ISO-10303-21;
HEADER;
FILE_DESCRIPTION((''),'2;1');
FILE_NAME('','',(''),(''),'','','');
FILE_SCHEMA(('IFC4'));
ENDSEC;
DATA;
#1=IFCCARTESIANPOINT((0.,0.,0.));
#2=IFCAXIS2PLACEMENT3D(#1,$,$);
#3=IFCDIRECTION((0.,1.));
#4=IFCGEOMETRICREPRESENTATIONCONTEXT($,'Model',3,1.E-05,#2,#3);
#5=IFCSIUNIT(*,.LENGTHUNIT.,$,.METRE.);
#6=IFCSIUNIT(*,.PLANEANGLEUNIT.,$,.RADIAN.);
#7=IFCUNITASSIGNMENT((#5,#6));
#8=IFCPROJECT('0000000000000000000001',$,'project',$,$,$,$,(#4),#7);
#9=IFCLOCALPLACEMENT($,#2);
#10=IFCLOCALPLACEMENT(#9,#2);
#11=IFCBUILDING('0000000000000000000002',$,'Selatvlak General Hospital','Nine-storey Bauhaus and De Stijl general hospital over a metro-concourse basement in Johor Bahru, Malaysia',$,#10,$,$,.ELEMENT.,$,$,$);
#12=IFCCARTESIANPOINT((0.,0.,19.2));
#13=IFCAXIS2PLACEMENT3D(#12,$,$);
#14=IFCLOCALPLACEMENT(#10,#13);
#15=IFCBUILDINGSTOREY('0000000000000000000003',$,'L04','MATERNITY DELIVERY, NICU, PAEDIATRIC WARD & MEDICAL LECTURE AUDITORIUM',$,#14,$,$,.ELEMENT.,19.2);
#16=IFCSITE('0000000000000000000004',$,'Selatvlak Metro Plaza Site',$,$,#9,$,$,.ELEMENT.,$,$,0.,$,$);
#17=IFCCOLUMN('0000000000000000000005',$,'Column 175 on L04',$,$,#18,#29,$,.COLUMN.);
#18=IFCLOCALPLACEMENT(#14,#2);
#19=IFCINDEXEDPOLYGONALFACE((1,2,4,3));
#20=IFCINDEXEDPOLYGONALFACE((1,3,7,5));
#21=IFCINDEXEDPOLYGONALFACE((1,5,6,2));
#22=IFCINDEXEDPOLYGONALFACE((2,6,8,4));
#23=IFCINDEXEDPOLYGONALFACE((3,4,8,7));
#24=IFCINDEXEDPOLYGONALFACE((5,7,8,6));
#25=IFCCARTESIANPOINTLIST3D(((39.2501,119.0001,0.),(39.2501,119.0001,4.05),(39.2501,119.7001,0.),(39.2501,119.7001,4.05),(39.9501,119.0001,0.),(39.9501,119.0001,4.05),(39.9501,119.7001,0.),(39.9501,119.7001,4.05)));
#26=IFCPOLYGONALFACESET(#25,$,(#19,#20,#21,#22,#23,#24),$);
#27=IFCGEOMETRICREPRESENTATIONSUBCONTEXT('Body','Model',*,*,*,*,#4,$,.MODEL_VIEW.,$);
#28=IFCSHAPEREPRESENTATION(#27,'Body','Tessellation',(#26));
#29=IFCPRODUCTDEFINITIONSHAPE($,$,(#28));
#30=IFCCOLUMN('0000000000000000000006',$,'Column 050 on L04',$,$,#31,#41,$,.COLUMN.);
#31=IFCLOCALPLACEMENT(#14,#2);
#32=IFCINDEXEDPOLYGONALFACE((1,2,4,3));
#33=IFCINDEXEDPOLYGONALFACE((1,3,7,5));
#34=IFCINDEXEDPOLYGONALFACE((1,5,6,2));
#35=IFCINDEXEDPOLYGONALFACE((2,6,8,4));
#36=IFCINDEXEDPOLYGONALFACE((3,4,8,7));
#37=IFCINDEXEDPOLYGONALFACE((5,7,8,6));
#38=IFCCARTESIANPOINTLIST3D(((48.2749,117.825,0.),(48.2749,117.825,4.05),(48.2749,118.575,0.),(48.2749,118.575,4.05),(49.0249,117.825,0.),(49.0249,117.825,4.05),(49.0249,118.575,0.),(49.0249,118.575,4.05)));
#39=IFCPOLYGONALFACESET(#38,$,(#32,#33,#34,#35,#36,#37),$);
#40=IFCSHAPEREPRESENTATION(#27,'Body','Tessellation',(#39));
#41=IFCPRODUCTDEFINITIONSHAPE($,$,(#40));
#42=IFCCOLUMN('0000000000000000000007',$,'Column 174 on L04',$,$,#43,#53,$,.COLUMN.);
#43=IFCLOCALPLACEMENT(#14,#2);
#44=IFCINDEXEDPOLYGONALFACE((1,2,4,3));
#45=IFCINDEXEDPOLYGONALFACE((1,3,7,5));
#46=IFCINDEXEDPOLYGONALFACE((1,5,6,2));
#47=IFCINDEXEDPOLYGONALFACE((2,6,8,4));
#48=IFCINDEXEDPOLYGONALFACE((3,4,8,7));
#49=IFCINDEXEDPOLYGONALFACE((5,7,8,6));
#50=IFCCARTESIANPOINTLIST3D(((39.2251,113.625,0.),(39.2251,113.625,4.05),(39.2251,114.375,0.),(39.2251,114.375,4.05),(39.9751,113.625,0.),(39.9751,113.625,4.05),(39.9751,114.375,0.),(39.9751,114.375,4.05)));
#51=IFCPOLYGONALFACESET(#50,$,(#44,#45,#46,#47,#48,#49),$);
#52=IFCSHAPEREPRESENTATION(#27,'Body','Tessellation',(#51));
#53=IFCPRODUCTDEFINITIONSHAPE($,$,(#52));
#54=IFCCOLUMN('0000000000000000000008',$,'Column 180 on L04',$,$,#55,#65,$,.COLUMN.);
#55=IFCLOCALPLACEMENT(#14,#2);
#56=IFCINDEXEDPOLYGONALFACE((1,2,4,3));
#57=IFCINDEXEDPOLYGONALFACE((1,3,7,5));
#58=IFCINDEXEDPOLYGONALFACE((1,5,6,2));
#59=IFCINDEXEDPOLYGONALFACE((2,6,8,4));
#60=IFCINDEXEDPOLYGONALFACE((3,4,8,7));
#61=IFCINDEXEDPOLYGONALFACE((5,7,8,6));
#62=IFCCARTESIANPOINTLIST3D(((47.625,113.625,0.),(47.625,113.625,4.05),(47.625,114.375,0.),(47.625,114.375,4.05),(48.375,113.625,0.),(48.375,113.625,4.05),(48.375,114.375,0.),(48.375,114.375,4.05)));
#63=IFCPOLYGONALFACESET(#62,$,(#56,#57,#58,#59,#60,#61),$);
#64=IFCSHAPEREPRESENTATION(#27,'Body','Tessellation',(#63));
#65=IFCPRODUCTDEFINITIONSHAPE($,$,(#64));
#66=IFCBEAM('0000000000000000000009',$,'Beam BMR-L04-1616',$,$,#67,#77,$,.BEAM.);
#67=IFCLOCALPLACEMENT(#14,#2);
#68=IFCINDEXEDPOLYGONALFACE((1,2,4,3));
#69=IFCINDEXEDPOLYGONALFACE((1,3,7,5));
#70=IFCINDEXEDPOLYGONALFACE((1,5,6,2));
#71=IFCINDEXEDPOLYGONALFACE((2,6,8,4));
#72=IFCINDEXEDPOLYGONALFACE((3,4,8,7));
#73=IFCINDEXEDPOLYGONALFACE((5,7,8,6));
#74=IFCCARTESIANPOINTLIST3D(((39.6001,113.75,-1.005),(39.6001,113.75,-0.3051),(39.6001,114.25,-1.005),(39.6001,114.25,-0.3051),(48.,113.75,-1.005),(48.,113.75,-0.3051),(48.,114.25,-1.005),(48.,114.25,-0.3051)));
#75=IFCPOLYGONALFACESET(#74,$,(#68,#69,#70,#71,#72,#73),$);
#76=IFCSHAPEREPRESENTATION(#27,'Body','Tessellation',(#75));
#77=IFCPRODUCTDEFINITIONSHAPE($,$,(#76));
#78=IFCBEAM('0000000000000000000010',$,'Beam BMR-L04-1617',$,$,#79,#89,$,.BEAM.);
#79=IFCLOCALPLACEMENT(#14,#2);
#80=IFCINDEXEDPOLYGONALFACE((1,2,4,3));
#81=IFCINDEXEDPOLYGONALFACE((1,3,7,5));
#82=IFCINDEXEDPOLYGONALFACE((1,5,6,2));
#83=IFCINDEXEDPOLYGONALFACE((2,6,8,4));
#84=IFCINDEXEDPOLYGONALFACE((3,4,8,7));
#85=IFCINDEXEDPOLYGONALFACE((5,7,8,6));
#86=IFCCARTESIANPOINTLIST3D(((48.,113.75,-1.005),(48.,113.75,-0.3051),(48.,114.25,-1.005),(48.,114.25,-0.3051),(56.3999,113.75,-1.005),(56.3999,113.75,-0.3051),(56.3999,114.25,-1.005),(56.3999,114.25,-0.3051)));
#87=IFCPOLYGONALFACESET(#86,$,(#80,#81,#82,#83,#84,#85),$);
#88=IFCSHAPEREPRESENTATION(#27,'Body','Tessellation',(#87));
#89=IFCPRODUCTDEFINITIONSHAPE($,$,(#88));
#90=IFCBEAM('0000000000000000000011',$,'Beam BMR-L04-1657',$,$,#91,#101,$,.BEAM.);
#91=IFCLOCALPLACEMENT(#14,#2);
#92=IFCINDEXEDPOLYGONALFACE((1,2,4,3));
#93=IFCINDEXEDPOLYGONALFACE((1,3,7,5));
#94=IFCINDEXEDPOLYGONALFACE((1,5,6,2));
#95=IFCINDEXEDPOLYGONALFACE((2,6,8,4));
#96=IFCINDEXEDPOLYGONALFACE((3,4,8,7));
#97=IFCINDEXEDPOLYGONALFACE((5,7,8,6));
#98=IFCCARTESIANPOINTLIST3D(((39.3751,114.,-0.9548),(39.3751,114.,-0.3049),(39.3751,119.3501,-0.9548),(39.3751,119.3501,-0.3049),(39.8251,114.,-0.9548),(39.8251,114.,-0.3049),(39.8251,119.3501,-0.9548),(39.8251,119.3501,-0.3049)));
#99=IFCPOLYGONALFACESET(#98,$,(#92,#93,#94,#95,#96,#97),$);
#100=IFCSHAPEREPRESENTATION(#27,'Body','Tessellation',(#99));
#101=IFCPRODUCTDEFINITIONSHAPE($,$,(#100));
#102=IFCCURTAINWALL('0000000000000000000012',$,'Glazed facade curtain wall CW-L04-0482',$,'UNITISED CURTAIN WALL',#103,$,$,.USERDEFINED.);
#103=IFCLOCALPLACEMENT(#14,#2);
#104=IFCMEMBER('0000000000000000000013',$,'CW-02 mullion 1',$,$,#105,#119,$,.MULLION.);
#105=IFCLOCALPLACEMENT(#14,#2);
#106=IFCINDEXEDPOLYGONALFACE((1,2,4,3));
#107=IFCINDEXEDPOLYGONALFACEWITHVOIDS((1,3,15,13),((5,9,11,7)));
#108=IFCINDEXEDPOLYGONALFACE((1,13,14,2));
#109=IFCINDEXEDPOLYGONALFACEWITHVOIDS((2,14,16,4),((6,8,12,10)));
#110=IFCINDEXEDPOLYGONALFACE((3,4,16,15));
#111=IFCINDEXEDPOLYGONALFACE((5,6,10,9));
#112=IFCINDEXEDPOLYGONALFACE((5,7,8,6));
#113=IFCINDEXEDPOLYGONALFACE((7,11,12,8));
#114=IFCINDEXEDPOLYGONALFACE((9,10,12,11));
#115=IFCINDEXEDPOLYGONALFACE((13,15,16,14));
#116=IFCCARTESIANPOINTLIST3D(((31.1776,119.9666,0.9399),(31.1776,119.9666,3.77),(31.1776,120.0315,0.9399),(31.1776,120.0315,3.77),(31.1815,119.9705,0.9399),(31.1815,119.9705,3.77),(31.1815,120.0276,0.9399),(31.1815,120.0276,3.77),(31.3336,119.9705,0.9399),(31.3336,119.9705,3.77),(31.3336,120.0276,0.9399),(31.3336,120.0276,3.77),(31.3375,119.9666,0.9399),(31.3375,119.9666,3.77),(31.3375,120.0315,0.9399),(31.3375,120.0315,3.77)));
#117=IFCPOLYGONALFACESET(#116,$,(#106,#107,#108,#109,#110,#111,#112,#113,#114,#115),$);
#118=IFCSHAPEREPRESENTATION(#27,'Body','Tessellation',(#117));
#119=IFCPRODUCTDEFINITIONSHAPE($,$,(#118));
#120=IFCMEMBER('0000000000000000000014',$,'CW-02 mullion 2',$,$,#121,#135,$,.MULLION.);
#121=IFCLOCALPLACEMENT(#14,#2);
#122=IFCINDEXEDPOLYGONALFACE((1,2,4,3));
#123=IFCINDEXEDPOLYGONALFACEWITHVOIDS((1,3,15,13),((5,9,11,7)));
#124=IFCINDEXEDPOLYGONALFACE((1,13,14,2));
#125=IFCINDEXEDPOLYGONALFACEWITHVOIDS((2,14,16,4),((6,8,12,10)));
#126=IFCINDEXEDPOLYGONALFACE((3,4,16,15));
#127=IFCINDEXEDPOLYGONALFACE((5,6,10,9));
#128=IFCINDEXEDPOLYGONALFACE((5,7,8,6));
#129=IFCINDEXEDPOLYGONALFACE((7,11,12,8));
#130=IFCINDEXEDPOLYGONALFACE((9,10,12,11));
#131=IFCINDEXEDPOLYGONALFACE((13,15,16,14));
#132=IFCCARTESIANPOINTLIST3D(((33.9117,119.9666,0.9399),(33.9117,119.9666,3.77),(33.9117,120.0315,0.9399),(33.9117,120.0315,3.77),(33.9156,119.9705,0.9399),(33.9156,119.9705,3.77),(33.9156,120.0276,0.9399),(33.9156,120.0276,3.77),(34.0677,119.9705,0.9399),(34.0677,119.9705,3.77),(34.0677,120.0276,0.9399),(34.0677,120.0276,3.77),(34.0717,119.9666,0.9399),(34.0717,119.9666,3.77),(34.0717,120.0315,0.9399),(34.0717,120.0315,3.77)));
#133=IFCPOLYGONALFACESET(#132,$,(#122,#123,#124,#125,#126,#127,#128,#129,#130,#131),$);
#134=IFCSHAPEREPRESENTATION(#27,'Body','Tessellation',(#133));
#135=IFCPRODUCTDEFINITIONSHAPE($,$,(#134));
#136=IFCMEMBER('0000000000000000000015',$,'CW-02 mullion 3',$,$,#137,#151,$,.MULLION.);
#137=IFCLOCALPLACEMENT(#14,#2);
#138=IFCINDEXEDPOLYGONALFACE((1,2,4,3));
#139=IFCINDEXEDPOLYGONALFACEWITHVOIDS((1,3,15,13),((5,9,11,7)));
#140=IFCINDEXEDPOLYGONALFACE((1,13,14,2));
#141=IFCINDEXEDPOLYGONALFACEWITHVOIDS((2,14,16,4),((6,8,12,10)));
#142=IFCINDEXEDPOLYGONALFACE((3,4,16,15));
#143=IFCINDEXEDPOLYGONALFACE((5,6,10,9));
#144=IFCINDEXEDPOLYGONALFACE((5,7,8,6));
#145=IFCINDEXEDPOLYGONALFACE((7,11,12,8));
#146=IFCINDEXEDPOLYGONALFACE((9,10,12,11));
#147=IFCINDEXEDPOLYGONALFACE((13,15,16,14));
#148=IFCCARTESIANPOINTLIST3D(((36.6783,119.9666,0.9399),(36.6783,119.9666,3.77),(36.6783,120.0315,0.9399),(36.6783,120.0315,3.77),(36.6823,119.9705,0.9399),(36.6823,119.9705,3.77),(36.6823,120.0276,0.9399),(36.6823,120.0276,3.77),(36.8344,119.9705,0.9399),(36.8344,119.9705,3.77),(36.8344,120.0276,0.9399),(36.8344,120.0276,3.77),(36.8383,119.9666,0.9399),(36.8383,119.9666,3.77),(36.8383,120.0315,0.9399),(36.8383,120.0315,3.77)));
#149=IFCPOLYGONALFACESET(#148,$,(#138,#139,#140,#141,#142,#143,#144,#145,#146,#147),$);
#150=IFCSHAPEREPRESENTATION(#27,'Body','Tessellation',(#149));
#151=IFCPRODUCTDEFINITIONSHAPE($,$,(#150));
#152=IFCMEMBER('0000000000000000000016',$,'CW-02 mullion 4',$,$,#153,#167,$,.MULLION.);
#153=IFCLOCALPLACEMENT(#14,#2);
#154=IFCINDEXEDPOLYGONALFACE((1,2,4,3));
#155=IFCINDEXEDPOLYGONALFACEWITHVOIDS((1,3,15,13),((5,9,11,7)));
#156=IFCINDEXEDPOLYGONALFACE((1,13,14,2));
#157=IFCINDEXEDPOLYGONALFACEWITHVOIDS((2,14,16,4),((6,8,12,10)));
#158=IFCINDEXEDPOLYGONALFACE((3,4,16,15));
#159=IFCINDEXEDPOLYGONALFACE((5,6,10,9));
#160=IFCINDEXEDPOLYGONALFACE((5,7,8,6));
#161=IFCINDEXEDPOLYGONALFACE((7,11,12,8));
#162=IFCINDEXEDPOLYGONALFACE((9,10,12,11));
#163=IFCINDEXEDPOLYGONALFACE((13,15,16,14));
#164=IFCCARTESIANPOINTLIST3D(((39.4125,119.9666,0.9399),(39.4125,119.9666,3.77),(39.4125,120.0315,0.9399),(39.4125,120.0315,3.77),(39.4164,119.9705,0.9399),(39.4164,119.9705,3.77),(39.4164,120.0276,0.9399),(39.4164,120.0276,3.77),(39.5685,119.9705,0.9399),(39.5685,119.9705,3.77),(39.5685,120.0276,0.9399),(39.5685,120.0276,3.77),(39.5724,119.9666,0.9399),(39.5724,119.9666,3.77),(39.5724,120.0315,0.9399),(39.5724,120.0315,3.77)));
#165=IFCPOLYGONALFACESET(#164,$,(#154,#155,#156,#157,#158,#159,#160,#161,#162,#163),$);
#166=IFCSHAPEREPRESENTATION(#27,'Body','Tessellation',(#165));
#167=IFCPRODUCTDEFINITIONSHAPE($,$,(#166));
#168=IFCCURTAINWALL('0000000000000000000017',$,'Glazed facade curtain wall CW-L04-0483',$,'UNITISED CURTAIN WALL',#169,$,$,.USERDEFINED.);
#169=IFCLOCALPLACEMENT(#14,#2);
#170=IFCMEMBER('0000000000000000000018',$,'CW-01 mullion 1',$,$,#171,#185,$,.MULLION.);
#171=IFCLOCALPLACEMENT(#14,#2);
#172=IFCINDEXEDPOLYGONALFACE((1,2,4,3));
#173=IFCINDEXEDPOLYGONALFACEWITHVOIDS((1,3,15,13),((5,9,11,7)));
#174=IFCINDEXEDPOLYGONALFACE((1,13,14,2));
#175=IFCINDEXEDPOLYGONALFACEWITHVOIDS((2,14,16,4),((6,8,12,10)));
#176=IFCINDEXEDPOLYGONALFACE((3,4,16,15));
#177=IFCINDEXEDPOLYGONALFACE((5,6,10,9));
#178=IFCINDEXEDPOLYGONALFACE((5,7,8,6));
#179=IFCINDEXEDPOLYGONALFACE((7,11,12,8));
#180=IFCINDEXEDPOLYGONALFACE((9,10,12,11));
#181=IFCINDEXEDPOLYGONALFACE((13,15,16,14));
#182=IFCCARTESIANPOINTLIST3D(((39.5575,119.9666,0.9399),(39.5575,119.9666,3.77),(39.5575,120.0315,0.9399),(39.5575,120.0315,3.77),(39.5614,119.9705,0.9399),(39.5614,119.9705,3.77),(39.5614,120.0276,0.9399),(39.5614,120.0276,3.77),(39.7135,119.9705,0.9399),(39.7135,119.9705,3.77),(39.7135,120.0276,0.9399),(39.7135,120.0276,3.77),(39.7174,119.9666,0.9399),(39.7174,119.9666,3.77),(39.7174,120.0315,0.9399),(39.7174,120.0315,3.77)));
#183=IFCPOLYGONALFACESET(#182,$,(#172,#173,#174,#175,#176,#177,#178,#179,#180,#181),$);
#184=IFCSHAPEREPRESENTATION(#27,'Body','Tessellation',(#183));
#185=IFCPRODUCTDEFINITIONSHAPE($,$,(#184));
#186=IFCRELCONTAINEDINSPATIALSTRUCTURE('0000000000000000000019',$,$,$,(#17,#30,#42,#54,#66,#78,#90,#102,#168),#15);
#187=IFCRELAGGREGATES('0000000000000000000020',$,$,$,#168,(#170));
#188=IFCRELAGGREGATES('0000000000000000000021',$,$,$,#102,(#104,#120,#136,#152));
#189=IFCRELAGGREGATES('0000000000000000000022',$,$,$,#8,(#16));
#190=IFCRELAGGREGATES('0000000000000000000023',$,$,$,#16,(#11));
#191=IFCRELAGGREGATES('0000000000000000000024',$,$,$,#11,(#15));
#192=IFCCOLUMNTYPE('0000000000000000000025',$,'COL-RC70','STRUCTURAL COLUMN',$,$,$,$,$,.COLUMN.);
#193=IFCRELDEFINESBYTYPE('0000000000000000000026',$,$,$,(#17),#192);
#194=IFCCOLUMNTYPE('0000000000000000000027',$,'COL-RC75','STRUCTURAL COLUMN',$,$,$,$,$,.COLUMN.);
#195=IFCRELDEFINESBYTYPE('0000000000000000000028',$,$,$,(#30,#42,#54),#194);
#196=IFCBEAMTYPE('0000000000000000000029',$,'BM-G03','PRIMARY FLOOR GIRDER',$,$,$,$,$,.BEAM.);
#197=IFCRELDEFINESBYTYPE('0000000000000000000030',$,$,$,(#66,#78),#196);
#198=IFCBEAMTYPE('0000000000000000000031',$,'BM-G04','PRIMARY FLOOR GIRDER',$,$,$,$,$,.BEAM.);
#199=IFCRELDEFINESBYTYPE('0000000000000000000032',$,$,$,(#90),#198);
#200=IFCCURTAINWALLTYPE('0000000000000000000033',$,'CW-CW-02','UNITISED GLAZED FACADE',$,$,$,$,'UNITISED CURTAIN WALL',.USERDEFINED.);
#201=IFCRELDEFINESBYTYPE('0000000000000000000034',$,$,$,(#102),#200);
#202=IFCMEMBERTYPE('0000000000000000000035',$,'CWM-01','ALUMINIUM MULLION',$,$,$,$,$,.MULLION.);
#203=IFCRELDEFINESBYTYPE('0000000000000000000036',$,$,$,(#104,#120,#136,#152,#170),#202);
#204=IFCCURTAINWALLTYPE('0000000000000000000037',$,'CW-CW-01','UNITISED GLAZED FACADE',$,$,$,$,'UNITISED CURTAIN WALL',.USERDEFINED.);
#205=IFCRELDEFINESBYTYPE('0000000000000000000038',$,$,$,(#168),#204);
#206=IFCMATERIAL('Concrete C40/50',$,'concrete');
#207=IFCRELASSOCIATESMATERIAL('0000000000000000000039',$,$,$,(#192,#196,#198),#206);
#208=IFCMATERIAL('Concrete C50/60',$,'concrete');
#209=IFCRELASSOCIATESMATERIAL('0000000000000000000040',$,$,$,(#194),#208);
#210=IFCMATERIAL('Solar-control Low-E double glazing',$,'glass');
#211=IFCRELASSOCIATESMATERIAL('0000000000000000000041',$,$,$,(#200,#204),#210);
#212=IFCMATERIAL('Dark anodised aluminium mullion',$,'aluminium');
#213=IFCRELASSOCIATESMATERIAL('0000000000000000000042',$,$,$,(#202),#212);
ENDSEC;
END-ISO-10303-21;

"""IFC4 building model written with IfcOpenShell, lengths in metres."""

from ifc_helpers import new_model, si_unit, direction, frame, origin, origin_2d, place, context, subcontext, project, spatial, rectangle, hollow_rectangle, extrude, material, material_profile, profile_set, type_object, element, aggregate, save


model = new_model("IFC4")

# Units and contexts
model_context = context("Model", 3, precision=1e-05, world=origin(), true_north=direction((0.0, 1.0)))
body_context = subcontext(model_context, "Body", "Model", "MODEL_VIEW")
ifc_project = project(units=[si_unit("LENGTHUNIT", "METRE"), si_unit("PLANEANGLEUNIT", "RADIAN")], contexts=[model_context])

# Site, building, storey
site_placement = place(None, origin())
site = spatial("IfcSite", under=ifc_project, at=site_placement, Name="Selatvlak Metro Plaza Site", CompositionType="ELEMENT", RefElevation=0.0)
building_placement = place(site_placement, origin())
building = spatial("IfcBuilding", under=site, at=building_placement, Name="Selatvlak General Hospital", Description="Nine-storey Bauhaus and De Stijl general hospital over a metro-concourse basement in Johor Bahru, Malaysia", CompositionType="ELEMENT")
storey_placement = place(building_placement, frame((0.0, 0.0, 19.2)))
storey = spatial("IfcBuildingStorey", under=building, at=storey_placement, Name="L04", Description="MATERNITY DELIVERY, NICU, PAEDIATRIC WARD & MEDICAL LECTURE AUDITORIUM", CompositionType="ELEMENT", Elevation=19.2)

# Columns
ifc_material_1 = material(Name="Concrete C40/50", Category="concrete")
ifc_material_profile_1 = material_profile(ifc_material_1, rectangle(XDim=0.7, YDim=0.7, at=origin_2d()), Name="RC-COL 700x700")
ifc_profile_set_1 = profile_set([ifc_material_profile_1], Name="Concrete C40/50")
column_type_1 = type_object("IfcColumnType", Name="COL-RC70", Description="STRUCTURAL COLUMN", PredefinedType="COLUMN", material=ifc_profile_set_1)
column_placement = place(storey_placement, frame((39.6001, 119.3501, 0.0), z_axis=(0.0, 0.0, 1.0), x_axis=(1.0, 0.0, 0.0)))
element("IfcColumn", 1, at=column_placement, inside=storey, type_object=column_type_1, Name="Column 175 on L04", PredefinedType="COLUMN", context=body_context, shape_type="SweptSolid", body=[
    extrude(rectangle(XDim=0.7, YDim=0.7, at=origin_2d()), origin(), (0.0, 0.0, 1.0), 4.05),
])
ifc_material_2 = material(Name="Concrete C50/60", Category="concrete")
ifc_material_profile_2 = material_profile(ifc_material_2, rectangle(XDim=0.75, YDim=0.75, at=origin_2d()), Name="RC-COL 750x750")
ifc_profile_set_2 = profile_set([ifc_material_profile_2], Name="Concrete C50/60")
column_type_2 = type_object("IfcColumnType", Name="COL-RC75", Description="STRUCTURAL COLUMN", PredefinedType="COLUMN", material=ifc_profile_set_2)
for number, where, z_axis, x_axis, name in (
    (2, (48.6499, 118.2, 0.0), (0.0, 0.0, 1.0), (1.0, 0.0, 0.0), "Column 050 on L04"),
    (3, (39.6001, 114.0, 0.0), (0.0, 0.0, 1.0), (1.0, 0.0, 0.0), "Column 174 on L04"),
    (4, (48.0, 114.0, 0.0), (0.0, 0.0, 1.0), (1.0, 0.0, 0.0), "Column 180 on L04"),
):
    element("IfcColumn", number, at=place(storey_placement, frame(where, z_axis=z_axis, x_axis=x_axis)), inside=storey, type_object=column_type_2, Name=name, PredefinedType="COLUMN", context=body_context, shape_type="SweptSolid", body=[
        extrude(rectangle(XDim=0.75, YDim=0.75, at=origin_2d()), origin(), (0.0, 0.0, 1.0), 4.05),
    ])

# Beams
ifc_material_profile_3 = material_profile(ifc_material_1, rectangle(XDim=0.5, YDim=0.7, at=origin_2d()), Name="RC-BM 500x700")
ifc_profile_set_3 = profile_set([ifc_material_profile_3], Name="Concrete C40/50")
beam_type_1 = type_object("IfcBeamType", Name="BM-G03", Description="PRIMARY FLOOR GIRDER", PredefinedType="BEAM", material=ifc_profile_set_3)
for number, where, z_axis, x_axis, name in (
    (5, (39.6001, 114.0, -0.655), (1.0, 0.0, 0.0), (0.0, 1.0, 0.0), "Beam BMR-L04-1616"),
    (6, (48.0, 114.0, -0.655), (1.0, 0.0, 0.0), (0.0, 1.0, 0.0), "Beam BMR-L04-1617"),
):
    element("IfcBeam", number, at=place(storey_placement, frame(where, z_axis=z_axis, x_axis=x_axis)), inside=storey, type_object=beam_type_1, Name=name, PredefinedType="BEAM", context=body_context, shape_type="SweptSolid", body=[
        extrude(rectangle(XDim=0.5, YDim=0.7, at=origin_2d()), origin(), (0.0, 0.0, 1.0), 8.3999),
    ])
ifc_material_profile_4 = material_profile(ifc_material_1, rectangle(XDim=0.45, YDim=0.6499, at=origin_2d()), Name="RC-BM 450x650")
ifc_profile_set_4 = profile_set([ifc_material_profile_4], Name="Concrete C40/50")
beam_type_2 = type_object("IfcBeamType", Name="BM-G04", Description="PRIMARY FLOOR GIRDER", PredefinedType="BEAM", material=ifc_profile_set_4)
beam_placement = place(storey_placement, frame((39.6001, 114.0, -0.6299), z_axis=(0.0, 1.0, 0.0), x_axis=(-1.0, 0.0, 0.0)))
element("IfcBeam", 7, at=beam_placement, inside=storey, type_object=beam_type_2, Name="Beam BMR-L04-1657", PredefinedType="BEAM", context=body_context, shape_type="SweptSolid", body=[
    extrude(rectangle(XDim=0.45, YDim=0.6499, at=origin_2d()), origin(), (0.0, 0.0, 1.0), 5.3501),
])

# Curtain wall, members
ifc_material_3 = material(Name="Solar-control Low-E double glazing", Category="glass")
curtain_wall_type_1 = type_object("IfcCurtainWallType", Name="CW-CW-02", Description="UNITISED GLAZED FACADE", ElementType="UNITISED CURTAIN WALL", PredefinedType="USERDEFINED", material=ifc_material_3)
curtain_wall_1_placement = place(storey_placement, origin())
curtain_wall_1 = element("IfcCurtainWall", 8, at=curtain_wall_1_placement, inside=storey, type_object=curtain_wall_type_1, Name="Glazed facade curtain wall CW-L04-0482", ObjectType="UNITISED CURTAIN WALL", PredefinedType="USERDEFINED")
ifc_material_4 = material(Name="Dark anodised aluminium mullion", Category="aluminium")
ifc_material_profile_5 = material_profile(ifc_material_4, hollow_rectangle(XDim=0.0649, YDim=0.1599, WallThickness=0.0039, at=origin_2d()), Name="AL-MUL 65x160x4")
ifc_profile_set_5 = profile_set([ifc_material_profile_5], Name="Dark anodised aluminium mullion")
member_type_1 = type_object("IfcMemberType", Name="CWM-01", Description="ALUMINIUM MULLION", PredefinedType="MULLION", material=ifc_profile_set_5)
member_1_placement = place(storey_placement, frame((31.2576, 119.999, 0.9399), z_axis=(0.0, 0.0, 1.0), x_axis=(0.0, 1.0, 0.0)))
member_1 = element("IfcMember", 9, at=member_1_placement, type_object=member_type_1, Name="CW-02 mullion 1", PredefinedType="MULLION", context=body_context, shape_type="SweptSolid", body=[
    extrude(hollow_rectangle(XDim=0.0649, YDim=0.1599, WallThickness=0.0039, at=origin_2d()), origin(), (0.0, 0.0, 1.0), 2.8301),
])
member_2_placement = place(storey_placement, frame((33.9917, 119.999, 0.9399), z_axis=(0.0, 0.0, 1.0), x_axis=(0.0, 1.0, 0.0)))
member_2 = element("IfcMember", 10, at=member_2_placement, type_object=member_type_1, Name="CW-02 mullion 2", PredefinedType="MULLION", context=body_context, shape_type="SweptSolid", body=[
    extrude(hollow_rectangle(XDim=0.0649, YDim=0.1599, WallThickness=0.0039, at=origin_2d()), origin(), (0.0, 0.0, 1.0), 2.8301),
])
member_3_placement = place(storey_placement, frame((36.7583, 119.999, 0.9399), z_axis=(0.0, 0.0, 1.0), x_axis=(0.0, 1.0, 0.0)))
member_3 = element("IfcMember", 11, at=member_3_placement, type_object=member_type_1, Name="CW-02 mullion 3", PredefinedType="MULLION", context=body_context, shape_type="SweptSolid", body=[
    extrude(hollow_rectangle(XDim=0.0649, YDim=0.1599, WallThickness=0.0039, at=origin_2d()), origin(), (0.0, 0.0, 1.0), 2.8301),
])
member_4_placement = place(storey_placement, frame((39.4924, 119.999, 0.9399), z_axis=(0.0, 0.0, 1.0), x_axis=(0.0, 1.0, 0.0)))
member_4 = element("IfcMember", 12, at=member_4_placement, type_object=member_type_1, Name="CW-02 mullion 4", PredefinedType="MULLION", context=body_context, shape_type="SweptSolid", body=[
    extrude(hollow_rectangle(XDim=0.0649, YDim=0.1599, WallThickness=0.0039, at=origin_2d()), origin(), (0.0, 0.0, 1.0), 2.8301),
])

# Curtain wall, member
curtain_wall_type_2 = type_object("IfcCurtainWallType", Name="CW-CW-01", Description="UNITISED GLAZED FACADE", ElementType="UNITISED CURTAIN WALL", PredefinedType="USERDEFINED", material=ifc_material_3)
curtain_wall_2_placement = place(storey_placement, origin())
curtain_wall_2 = element("IfcCurtainWall", 13, at=curtain_wall_2_placement, inside=storey, type_object=curtain_wall_type_2, Name="Glazed facade curtain wall CW-L04-0483", ObjectType="UNITISED CURTAIN WALL", PredefinedType="USERDEFINED")
member_5_placement = place(storey_placement, frame((39.6375, 119.999, 0.9399), z_axis=(0.0, 0.0, 1.0), x_axis=(0.0, 1.0, 0.0)))
member_5 = element("IfcMember", 14, at=member_5_placement, type_object=member_type_1, Name="CW-01 mullion 1", PredefinedType="MULLION", context=body_context, shape_type="SweptSolid", body=[
    extrude(hollow_rectangle(XDim=0.0649, YDim=0.1599, WallThickness=0.0039, at=origin_2d()), origin(), (0.0, 0.0, 1.0), 2.8301),
])

aggregate(curtain_wall_2, [member_5])

aggregate(curtain_wall_1, [member_1, member_2, member_3, member_4])

save(model, "model.ifc")
